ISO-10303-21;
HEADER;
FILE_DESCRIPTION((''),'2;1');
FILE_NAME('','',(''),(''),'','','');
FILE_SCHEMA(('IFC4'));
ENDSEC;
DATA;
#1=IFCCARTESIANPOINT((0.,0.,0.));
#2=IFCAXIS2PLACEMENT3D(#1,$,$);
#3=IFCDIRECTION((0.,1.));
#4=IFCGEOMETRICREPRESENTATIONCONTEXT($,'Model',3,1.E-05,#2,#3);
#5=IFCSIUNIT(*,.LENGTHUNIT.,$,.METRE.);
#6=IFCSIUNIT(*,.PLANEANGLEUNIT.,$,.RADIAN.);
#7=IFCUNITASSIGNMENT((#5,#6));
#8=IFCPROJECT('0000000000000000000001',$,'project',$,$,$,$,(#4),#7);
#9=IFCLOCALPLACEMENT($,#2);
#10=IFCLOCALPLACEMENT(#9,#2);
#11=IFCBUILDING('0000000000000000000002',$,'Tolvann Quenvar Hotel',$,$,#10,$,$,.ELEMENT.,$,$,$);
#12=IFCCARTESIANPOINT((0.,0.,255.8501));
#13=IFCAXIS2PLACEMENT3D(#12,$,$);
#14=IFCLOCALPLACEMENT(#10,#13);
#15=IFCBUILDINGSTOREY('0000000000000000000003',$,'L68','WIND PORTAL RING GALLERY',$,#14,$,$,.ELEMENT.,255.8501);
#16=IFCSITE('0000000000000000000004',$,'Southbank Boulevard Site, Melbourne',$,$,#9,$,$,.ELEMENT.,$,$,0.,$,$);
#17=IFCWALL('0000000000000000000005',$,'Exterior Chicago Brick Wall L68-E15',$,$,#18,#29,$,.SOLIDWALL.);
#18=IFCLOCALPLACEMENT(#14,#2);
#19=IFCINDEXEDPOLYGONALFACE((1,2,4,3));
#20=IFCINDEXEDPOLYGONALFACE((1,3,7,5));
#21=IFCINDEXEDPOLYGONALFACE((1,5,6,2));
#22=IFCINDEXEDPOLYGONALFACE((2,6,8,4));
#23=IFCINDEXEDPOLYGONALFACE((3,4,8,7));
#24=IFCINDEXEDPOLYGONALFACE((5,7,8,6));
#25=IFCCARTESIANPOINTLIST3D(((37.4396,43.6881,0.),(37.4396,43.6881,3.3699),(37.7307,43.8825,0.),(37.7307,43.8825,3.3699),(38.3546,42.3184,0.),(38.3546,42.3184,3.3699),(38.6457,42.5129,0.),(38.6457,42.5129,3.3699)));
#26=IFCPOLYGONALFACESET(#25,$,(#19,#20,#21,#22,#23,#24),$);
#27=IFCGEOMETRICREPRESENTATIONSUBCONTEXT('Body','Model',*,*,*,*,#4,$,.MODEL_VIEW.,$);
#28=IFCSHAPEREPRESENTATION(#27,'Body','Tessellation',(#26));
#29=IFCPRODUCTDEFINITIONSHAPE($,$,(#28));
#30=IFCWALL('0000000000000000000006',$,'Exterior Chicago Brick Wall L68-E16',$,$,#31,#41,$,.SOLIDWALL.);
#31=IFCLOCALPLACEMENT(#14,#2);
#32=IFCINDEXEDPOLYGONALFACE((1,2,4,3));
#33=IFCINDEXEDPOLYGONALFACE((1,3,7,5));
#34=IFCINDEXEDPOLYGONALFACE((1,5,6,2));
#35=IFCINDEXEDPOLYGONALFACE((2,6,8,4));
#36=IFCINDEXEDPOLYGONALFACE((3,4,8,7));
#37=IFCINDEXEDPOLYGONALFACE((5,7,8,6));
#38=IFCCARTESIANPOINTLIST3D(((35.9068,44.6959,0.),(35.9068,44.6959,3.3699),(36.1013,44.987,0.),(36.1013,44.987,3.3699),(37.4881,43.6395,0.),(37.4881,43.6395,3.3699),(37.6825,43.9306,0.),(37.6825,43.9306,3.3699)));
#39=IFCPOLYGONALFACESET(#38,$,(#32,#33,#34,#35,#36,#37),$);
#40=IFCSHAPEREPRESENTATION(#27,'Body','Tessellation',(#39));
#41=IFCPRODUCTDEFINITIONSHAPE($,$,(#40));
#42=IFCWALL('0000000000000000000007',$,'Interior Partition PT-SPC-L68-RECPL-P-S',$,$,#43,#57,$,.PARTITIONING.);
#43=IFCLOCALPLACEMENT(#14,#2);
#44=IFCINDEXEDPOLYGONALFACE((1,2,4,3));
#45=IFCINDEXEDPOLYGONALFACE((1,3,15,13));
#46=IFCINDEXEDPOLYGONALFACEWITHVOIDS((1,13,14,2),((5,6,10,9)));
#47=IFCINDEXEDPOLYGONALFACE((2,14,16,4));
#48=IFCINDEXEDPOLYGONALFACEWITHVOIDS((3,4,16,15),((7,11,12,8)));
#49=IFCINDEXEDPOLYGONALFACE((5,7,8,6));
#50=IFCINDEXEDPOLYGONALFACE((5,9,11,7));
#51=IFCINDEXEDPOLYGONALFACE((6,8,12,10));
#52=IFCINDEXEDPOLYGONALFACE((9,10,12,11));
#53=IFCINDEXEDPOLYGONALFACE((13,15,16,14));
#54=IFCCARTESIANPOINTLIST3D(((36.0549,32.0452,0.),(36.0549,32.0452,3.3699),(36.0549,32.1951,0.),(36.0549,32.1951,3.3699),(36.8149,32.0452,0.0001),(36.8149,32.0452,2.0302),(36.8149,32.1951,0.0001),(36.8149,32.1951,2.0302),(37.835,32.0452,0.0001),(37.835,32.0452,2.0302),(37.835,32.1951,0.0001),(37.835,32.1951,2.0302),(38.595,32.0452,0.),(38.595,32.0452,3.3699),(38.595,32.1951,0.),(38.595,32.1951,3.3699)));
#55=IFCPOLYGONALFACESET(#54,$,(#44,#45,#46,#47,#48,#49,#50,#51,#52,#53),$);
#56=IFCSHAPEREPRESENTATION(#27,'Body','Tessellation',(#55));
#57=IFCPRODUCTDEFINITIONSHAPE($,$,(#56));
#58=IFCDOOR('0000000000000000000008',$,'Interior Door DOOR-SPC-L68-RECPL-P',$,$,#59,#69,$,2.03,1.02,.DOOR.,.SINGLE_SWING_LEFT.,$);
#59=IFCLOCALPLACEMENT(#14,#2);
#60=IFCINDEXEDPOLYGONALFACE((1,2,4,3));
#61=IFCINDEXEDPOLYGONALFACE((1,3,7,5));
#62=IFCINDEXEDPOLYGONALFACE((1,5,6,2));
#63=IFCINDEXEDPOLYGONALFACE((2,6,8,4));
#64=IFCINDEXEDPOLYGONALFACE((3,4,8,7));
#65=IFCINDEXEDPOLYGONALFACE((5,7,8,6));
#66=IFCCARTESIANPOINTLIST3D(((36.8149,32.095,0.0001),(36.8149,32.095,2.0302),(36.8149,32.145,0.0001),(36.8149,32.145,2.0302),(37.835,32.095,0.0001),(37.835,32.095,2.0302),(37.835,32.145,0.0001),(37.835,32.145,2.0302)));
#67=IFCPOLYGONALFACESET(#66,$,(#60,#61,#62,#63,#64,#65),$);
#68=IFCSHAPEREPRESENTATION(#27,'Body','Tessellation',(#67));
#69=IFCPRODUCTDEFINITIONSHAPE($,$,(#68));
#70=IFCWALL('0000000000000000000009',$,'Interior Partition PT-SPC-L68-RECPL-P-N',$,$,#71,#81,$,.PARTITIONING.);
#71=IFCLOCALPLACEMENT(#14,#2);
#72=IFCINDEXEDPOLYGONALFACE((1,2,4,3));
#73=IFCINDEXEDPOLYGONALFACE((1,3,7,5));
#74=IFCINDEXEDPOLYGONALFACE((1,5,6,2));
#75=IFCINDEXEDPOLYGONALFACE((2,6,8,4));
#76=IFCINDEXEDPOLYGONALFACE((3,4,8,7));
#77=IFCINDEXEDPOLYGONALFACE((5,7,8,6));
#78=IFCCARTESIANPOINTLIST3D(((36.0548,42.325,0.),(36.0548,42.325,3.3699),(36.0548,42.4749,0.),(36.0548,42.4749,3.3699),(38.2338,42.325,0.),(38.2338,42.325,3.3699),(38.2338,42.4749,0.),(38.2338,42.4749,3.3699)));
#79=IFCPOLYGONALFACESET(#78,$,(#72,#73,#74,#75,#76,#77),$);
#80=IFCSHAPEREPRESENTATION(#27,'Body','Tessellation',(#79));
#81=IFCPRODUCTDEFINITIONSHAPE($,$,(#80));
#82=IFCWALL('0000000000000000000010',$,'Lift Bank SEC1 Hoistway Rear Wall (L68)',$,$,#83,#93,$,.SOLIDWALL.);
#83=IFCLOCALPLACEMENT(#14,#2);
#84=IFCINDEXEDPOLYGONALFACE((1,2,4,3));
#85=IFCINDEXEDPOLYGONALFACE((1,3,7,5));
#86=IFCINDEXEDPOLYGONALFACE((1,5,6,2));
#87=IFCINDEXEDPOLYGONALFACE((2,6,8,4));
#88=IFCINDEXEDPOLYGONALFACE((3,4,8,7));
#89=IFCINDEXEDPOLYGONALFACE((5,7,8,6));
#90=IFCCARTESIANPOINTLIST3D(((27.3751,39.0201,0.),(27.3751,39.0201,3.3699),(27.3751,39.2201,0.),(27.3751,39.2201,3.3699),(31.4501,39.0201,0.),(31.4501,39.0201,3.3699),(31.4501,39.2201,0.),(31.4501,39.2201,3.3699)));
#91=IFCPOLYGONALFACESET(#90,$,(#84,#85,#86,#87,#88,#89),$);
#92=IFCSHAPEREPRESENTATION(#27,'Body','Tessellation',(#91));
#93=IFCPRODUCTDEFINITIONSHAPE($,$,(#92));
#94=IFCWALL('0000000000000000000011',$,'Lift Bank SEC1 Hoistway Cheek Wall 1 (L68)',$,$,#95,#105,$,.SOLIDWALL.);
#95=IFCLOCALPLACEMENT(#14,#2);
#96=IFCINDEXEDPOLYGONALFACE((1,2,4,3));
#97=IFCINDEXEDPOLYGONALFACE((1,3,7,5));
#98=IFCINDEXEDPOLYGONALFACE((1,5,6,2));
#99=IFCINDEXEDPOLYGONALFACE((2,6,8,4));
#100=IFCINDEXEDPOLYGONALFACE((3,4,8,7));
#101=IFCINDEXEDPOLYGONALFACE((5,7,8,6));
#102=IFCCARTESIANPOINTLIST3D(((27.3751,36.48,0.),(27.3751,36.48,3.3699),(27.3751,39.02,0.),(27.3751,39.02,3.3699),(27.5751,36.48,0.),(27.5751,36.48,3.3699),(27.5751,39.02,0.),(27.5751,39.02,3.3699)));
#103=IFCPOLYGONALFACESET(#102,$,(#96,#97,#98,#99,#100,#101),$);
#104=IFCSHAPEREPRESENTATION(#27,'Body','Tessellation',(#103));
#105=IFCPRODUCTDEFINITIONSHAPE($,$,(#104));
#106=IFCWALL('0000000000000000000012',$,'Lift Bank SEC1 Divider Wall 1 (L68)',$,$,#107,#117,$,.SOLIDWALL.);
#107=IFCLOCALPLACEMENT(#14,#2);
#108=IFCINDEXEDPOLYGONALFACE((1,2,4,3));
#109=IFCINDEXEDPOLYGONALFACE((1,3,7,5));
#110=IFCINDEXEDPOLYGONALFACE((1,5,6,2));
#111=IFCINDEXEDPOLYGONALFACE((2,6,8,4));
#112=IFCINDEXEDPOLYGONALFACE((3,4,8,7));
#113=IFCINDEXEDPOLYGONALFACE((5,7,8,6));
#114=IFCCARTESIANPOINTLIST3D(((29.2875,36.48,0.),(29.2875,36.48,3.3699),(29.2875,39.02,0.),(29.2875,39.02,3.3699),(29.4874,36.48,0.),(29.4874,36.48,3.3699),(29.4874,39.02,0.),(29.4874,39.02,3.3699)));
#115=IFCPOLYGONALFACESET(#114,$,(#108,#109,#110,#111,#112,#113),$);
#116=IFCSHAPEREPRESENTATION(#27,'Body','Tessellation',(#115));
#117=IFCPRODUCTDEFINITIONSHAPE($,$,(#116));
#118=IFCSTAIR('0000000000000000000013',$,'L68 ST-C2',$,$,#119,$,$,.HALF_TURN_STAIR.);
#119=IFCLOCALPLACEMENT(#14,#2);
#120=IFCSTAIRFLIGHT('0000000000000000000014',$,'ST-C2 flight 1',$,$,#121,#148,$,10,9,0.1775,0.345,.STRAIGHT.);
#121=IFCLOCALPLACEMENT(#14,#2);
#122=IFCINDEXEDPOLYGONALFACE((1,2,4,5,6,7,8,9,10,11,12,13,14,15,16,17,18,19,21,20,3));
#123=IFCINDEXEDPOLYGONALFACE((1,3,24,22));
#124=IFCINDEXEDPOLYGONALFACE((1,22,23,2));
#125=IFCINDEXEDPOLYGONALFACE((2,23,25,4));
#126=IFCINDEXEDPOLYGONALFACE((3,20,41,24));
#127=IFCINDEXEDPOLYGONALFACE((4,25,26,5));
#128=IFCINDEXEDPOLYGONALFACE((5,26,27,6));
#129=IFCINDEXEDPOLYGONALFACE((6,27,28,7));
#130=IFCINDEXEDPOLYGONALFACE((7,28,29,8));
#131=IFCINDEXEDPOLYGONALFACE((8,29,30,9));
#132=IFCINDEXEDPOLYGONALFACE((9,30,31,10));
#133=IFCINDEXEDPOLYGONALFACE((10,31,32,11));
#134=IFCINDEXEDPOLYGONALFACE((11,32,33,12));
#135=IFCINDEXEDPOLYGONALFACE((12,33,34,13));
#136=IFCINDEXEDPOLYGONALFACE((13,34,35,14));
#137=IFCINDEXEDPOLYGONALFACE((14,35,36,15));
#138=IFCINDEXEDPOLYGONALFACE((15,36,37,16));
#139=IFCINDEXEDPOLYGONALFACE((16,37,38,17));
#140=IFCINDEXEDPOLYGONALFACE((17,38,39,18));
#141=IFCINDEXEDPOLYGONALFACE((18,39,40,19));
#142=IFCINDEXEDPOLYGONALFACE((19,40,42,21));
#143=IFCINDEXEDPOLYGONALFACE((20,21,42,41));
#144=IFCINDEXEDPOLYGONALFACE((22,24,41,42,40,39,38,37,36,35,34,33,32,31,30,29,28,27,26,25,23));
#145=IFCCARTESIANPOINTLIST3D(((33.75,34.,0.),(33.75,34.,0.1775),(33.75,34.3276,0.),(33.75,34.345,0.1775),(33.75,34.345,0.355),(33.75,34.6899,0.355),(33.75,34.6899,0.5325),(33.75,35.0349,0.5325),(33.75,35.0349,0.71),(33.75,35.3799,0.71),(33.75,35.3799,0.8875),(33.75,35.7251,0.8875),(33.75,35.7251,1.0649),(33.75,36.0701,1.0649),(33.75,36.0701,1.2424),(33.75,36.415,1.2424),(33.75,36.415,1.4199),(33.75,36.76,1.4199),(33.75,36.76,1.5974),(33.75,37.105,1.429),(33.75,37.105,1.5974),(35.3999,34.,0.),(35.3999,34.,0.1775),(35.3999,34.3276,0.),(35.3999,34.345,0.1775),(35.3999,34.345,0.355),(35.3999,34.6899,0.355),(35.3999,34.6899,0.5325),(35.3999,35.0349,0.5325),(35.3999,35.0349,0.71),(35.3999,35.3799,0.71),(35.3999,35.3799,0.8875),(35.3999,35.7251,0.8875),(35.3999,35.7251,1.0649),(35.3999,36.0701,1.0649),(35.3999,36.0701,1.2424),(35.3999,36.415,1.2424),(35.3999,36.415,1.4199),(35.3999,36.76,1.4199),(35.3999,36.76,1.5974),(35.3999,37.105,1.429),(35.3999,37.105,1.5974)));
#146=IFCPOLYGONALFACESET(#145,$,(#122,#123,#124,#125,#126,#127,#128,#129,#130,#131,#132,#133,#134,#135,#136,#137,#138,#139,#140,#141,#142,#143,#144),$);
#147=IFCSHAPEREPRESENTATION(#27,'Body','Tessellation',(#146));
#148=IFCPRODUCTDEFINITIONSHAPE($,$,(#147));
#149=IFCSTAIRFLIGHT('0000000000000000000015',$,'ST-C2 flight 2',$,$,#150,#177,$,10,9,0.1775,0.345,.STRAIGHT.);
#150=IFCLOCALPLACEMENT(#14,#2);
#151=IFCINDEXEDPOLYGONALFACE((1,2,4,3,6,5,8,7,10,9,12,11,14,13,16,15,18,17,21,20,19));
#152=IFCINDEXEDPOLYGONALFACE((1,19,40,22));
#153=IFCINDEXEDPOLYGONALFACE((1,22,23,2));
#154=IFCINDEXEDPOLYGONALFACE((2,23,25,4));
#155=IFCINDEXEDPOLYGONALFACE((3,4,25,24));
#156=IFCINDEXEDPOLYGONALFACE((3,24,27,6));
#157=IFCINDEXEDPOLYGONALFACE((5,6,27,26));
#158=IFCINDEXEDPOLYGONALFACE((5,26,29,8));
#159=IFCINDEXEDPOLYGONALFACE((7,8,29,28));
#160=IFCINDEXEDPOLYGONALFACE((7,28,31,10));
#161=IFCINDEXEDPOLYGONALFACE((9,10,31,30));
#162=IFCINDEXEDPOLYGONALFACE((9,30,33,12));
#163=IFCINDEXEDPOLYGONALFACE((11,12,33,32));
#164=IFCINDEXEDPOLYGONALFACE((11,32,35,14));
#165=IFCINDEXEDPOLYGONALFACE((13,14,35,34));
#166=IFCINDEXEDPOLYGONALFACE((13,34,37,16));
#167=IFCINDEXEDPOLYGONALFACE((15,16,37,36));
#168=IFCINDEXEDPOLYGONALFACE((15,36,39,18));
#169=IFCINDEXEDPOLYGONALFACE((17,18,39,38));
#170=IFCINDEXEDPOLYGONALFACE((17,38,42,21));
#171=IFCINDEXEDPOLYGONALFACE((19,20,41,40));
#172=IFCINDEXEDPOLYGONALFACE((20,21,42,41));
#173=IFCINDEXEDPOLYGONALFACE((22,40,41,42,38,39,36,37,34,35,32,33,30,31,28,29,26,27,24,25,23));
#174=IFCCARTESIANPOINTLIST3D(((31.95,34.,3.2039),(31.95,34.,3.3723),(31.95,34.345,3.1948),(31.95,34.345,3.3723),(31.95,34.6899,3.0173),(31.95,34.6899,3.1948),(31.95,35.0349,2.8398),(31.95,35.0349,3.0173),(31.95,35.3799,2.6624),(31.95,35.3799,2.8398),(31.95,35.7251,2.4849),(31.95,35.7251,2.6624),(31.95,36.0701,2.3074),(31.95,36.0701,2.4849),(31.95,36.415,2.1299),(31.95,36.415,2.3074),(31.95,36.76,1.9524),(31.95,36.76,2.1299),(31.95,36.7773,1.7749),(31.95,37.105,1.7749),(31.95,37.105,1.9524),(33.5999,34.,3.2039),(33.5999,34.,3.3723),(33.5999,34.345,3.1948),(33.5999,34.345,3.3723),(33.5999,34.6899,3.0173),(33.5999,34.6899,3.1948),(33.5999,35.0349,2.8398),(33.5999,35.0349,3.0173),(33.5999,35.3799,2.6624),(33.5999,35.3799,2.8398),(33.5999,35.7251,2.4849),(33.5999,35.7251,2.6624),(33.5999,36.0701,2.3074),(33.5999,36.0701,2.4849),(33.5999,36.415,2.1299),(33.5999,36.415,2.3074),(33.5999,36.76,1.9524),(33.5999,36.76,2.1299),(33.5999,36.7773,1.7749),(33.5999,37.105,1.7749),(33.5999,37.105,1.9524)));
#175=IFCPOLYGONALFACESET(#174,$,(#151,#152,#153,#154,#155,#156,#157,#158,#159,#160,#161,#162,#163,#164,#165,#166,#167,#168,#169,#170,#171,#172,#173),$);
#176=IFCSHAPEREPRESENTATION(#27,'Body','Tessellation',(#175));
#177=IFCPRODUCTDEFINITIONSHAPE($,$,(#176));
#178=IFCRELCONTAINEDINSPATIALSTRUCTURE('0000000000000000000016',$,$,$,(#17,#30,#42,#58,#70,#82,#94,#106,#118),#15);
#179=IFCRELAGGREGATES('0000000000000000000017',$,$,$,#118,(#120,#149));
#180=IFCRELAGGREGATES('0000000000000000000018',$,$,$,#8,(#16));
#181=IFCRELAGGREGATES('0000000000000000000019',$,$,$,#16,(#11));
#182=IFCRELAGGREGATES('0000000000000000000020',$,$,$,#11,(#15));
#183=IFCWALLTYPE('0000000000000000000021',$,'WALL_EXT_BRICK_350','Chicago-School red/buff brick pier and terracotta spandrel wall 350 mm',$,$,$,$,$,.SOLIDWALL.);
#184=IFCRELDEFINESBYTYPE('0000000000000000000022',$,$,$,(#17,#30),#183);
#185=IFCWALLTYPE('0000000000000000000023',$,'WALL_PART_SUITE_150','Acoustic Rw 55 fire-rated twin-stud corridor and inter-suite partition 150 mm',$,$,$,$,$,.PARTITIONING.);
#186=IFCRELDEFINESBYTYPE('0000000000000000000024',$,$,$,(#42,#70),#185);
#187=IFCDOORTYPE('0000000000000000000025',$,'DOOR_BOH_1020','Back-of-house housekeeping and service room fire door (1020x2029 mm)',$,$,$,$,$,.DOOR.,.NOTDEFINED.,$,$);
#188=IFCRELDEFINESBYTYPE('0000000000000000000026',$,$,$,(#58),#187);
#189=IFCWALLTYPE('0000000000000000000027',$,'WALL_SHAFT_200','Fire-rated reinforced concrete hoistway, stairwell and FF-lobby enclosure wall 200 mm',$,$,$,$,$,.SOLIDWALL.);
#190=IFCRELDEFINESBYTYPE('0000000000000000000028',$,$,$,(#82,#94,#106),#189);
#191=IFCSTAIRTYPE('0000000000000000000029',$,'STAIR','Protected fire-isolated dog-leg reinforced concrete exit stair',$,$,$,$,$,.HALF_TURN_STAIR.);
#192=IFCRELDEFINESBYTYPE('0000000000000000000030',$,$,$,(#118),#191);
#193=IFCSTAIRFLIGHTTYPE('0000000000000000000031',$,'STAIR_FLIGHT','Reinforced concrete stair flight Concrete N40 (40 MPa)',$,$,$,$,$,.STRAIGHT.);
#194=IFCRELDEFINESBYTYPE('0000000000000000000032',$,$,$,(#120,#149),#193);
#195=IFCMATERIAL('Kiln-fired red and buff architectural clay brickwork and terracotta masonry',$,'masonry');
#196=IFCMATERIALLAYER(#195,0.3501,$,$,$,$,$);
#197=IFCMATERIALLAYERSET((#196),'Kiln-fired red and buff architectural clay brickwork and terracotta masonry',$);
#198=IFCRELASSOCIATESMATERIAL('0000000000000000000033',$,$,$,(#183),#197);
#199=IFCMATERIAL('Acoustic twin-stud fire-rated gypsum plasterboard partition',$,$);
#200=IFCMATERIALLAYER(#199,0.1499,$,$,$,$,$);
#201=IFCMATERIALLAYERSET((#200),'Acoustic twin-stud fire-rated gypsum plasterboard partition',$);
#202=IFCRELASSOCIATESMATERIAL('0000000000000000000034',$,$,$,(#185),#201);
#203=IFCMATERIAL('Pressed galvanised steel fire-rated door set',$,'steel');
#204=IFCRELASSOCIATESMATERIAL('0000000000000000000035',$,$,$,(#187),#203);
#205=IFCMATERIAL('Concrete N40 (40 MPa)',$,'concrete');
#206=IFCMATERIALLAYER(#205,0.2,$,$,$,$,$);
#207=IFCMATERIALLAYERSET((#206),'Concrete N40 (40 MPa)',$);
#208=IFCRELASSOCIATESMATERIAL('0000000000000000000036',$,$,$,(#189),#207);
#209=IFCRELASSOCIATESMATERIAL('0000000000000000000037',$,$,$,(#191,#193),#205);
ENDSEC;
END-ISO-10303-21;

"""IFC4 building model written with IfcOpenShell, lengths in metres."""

from ifc_helpers import new_model, si_unit, direction, frame, frame_2d, origin, place, context, subcontext, project, spatial, polyline, rectangle, outline, extrude, source, transform, mapped, material, layer, layer_set, type_object, type_shapes, element, fill, aggregate, save


model = new_model("IFC4")

# Units and contexts
model_context = context("Model", 3, precision=1e-05, world=origin(), true_north=direction((0.0, 1.0)))
body_context = subcontext(model_context, "Body", "Model", "MODEL_VIEW")
ifc_project = project(units=[si_unit("LENGTHUNIT", "METRE"), si_unit("PLANEANGLEUNIT", "RADIAN")], contexts=[model_context])

# Site, building, storey
site_placement = place(None, origin())
site = spatial("IfcSite", under=ifc_project, at=site_placement, Name="Southbank Boulevard Site, Melbourne", CompositionType="ELEMENT", RefElevation=0.0)
building_placement = place(site_placement, origin())
building = spatial("IfcBuilding", under=site, at=building_placement, Name="Tolvann Quenvar Hotel", CompositionType="ELEMENT")
storey_placement = place(building_placement, frame((0.0, 0.0, 255.8501)))
storey = spatial("IfcBuildingStorey", under=building, at=storey_placement, Name="L68", Description="WIND PORTAL RING GALLERY", CompositionType="ELEMENT", Elevation=255.8501)

# Walls
ifc_material_1 = material(Name="Kiln-fired red and buff architectural clay brickwork and terracotta masonry", Category="masonry")
ifc_layer_1 = layer(ifc_material_1, 0.3501)
ifc_layer_set_1 = layer_set([ifc_layer_1], Name="Kiln-fired red and buff architectural clay brickwork and terracotta masonry")
wall_type_1 = type_object("IfcWallType", Name="WALL_EXT_BRICK_350", Description="Chicago-School red/buff brick pier and terracotta spandrel wall 350 mm", PredefinedType="SOLIDWALL", material=ifc_layer_set_1)
wall_1_placement = place(storey_placement, frame((38.5002, 42.4155, 0.0), z_axis=(0.0, 0.0, 1.0), x_axis=(-0.555521, 0.831503, 0.0)))
element("IfcWall", 1, at=wall_1_placement, inside=storey, type_object=wall_type_1, Name="Exterior Chicago Brick Wall L68-E15", PredefinedType="SOLIDWALL", context=body_context, shape_type="SweptSolid", body=[
    extrude(rectangle(XDim=1.6472, YDim=0.3501, at=frame_2d((0.8237, 0.0))), origin(), (0.0, 0.0, 1.0), 3.3699),
])
wall_2_placement = place(storey_placement, frame((37.5852, 43.7852, 0.0), z_axis=(0.0, 0.0, 1.0), x_axis=(-0.831517, 0.5555, 0.0)))
element("IfcWall", 2, at=wall_2_placement, inside=storey, type_object=wall_type_1, Name="Exterior Chicago Brick Wall L68-E16", PredefinedType="SOLIDWALL", context=body_context, shape_type="SweptSolid", body=[
    extrude(rectangle(XDim=1.9016, YDim=0.3501, at=frame_2d((0.9507, 0.0))), origin(), (0.0, 0.0, 1.0), 3.3699),
])

# Wall, opening, door
ifc_material_2 = material(Name="Acoustic twin-stud fire-rated gypsum plasterboard partition")
ifc_layer_2 = layer(ifc_material_2, 0.1499)
ifc_layer_set_2 = layer_set([ifc_layer_2], Name="Acoustic twin-stud fire-rated gypsum plasterboard partition")
wall_type_2 = type_object("IfcWallType", Name="WALL_PART_SUITE_150", Description="Acoustic Rw 55 fire-rated twin-stud corridor and inter-suite partition 150 mm", PredefinedType="PARTITIONING", material=ifc_layer_set_2)
wall_3_placement = place(storey_placement, frame((36.0549, 32.1201, 0.0), z_axis=(0.0, 0.0, 1.0), x_axis=(1.0, 0.0, 0.0)))
wall_3 = element("IfcWall", 3, at=wall_3_placement, inside=storey, type_object=wall_type_2, Name="Interior Partition PT-SPC-L68-RECPL-P-S", PredefinedType="PARTITIONING", context=body_context, shape_type="SweptSolid", body=[
    extrude(rectangle(XDim=2.54, YDim=0.1499, at=frame_2d((1.27, 0.0))), origin(), (0.0, 0.0, 1.0), 3.3699),
])
opening_placement = place(wall_3_placement, frame((0.76, 0.0, 0.0)))
opening = element("IfcOpeningElement", 4, at=opening_placement, cuts=wall_3, PredefinedType="OPENING", context=body_context, shape_type="SweptSolid", body=[
    extrude(rectangle(XDim=1.02, YDim=2.03, at=frame_2d((0.51, 1.0151))), frame((0.0, 0.085, 0.0), z_axis=(0.0, -1.0, 0.0), x_axis=(1.0, 0.0, 0.0)), (0.0, 0.0, 1.0), 0.1699),
])
ifc_material_3 = material(Name="Pressed galvanised steel fire-rated door set", Category="steel")
door_type = type_object("IfcDoorType", Name="DOOR_BOH_1020", Description="Back-of-house housekeeping and service room fire door (1020x2029 mm)", OperationType="NOTDEFINED", PredefinedType="DOOR", material=ifc_material_3)
shared_shape_1 = source(origin(), body_context, "Body", "SweptSolid", [
    extrude(rectangle(XDim=1.02, YDim=2.03, at=frame_2d((0.51, 1.0151))), frame((0.0, 0.0249, 0.0), z_axis=(0.0, -1.0, 0.0), x_axis=(1.0, 0.0, 0.0)), (0.0, 0.0, 1.0), 0.05),
])
type_shapes(door_type, [shared_shape_1])
door_placement = place(opening_placement, origin())
door = element("IfcDoor", 5, at=door_placement, inside=storey, type_object=door_type, Name="Interior Door DOOR-SPC-L68-RECPL-P", OperationType="SINGLE_SWING_LEFT", OverallHeight=2.03, OverallWidth=1.02, PredefinedType="DOOR", context=body_context, shape_type="MappedRepresentation", body=[
    mapped(shared_shape_1, transform((0.0, 0.0, 0.0), x_axis=(1.0, 0.0, 0.0), y_axis=(0.0, 1.0, 0.0), z_axis=(0.0, 0.0, 1.0), scale=1.0)),
])
fill(opening, door)

# Walls
wall_4_placement = place(storey_placement, frame((36.0549, 42.3999, 0.0), z_axis=(0.0, 0.0, 1.0), x_axis=(1.0, 0.0, 0.0)))
element("IfcWall", 6, at=wall_4_placement, inside=storey, type_object=wall_type_2, Name="Interior Partition PT-SPC-L68-RECPL-P-N", PredefinedType="PARTITIONING", context=body_context, shape_type="SweptSolid", body=[
    extrude(rectangle(XDim=2.179, YDim=0.1499, at=frame_2d((1.0894, 0.0))), origin(), (0.0, 0.0, 1.0), 3.3699),
])
ifc_material_4 = material(Name="Concrete N40 (40 MPa)", Category="concrete")
ifc_layer_3 = layer(ifc_material_4, 0.2)
ifc_layer_set_3 = layer_set([ifc_layer_3], Name="Concrete N40 (40 MPa)")
wall_type_3 = type_object("IfcWallType", Name="WALL_SHAFT_200", Description="Fire-rated reinforced concrete hoistway, stairwell and FF-lobby enclosure wall 200 mm", PredefinedType="SOLIDWALL", material=ifc_layer_set_3)
wall_5_placement = place(storey_placement, frame((27.375, 39.1201, 0.0), z_axis=(0.0, 0.0, 1.0), x_axis=(1.0, 0.0, 0.0)))
element("IfcWall", 7, at=wall_5_placement, inside=storey, type_object=wall_type_3, Name="Lift Bank SEC1 Hoistway Rear Wall (L68)", PredefinedType="SOLIDWALL", context=body_context, shape_type="SweptSolid", body=[
    extrude(rectangle(XDim=4.075, YDim=0.2, at=frame_2d((2.0376, 0.0))), origin(), (0.0, 0.0, 1.0), 3.3699),
])
for number, where, z_axis, x_axis, name in (
    (8, (27.4751, 36.48, 0.0), (0.0, 0.0, 1.0), (0.0, 1.0, 0.0), "Lift Bank SEC1 Hoistway Cheek Wall 1 (L68)"),
    (9, (29.3875, 36.48, 0.0), (0.0, 0.0, 1.0), (0.0, 1.0, 0.0), "Lift Bank SEC1 Divider Wall 1 (L68)"),
):
    element("IfcWall", number, at=place(storey_placement, frame(where, z_axis=z_axis, x_axis=x_axis)), inside=storey, type_object=wall_type_3, Name=name, PredefinedType="SOLIDWALL", context=body_context, shape_type="SweptSolid", body=[
        extrude(rectangle(XDim=2.54, YDim=0.2, at=frame_2d((1.27, 0.0))), origin(), (0.0, 0.0, 1.0), 3.3699),
    ])

# Stair, stair flights
stair_type = type_object("IfcStairType", Name="STAIR", Description="Protected fire-isolated dog-leg reinforced concrete exit stair", PredefinedType="HALF_TURN_STAIR", material=ifc_material_4)
stair_placement = place(storey_placement, origin())
stair = element("IfcStair", 10, at=stair_placement, inside=storey, type_object=stair_type, Name="L68 ST-C2", PredefinedType="HALF_TURN_STAIR")
stair_flight_type = type_object("IfcStairFlightType", Name="STAIR_FLIGHT", Description="Reinforced concrete stair flight Concrete N40 (40 MPa)", PredefinedType="STRAIGHT", material=ifc_material_4)
stair_flight_1_placement = place(storey_placement, frame((34.575, 34.0, 0.0), z_axis=(0.0, 0.0, 1.0), x_axis=(0.0, 1.0, 0.0)))
stair_flight_1 = element("IfcStairFlight", 11, at=stair_flight_1_placement, type_object=stair_flight_type, Name="ST-C2 flight 1", NumberOfRisers=10, NumberOfTreads=9, PredefinedType="STRAIGHT", RiserHeight=0.1775, TreadLength=0.345, context=body_context, shape_type="SweptSolid", body=[
    extrude(outline(polyline([(0.0, 0.0), (0.0, 0.1775), (0.345, 0.1775), (0.345, 0.355), (0.6899, 0.355), (0.6899, 0.5325), (1.0349, 0.5325), (1.0349, 0.71), (1.3799, 0.71), (1.3799, 0.8875), (1.7251, 0.8875), (1.7251, 1.0649), (2.0701, 1.0649), (2.0701, 1.2424), (2.415, 1.2424), (2.415, 1.4199), (2.76, 1.4199), (2.76, 1.5974), (3.105, 1.5974), (3.105, 1.7749), (3.105, 1.429), (0.3276, 0.0), (0.0, 0.0)])), frame((0.0, 0.825, 0.0), z_axis=(0.0, -1.0, 0.0), x_axis=(1.0, 0.0, 0.0)), (0.0, 0.0, 1.0), 1.6499),
])
stair_flight_2_placement = place(storey_placement, frame((32.7749, 37.105, 1.7749), z_axis=(0.0, 0.0, 1.0), x_axis=(0.0, -1.0, 0.0)))
stair_flight_2 = element("IfcStairFlight", 12, at=stair_flight_2_placement, type_object=stair_flight_type, Name="ST-C2 flight 2", NumberOfRisers=10, NumberOfTreads=9, PredefinedType="STRAIGHT", RiserHeight=0.1775, TreadLength=0.345, context=body_context, shape_type="SweptSolid", body=[
    extrude(outline(polyline([(0.0, 0.0), (0.0, 0.1775), (0.345, 0.1775), (0.345, 0.355), (0.6899, 0.355), (0.6899, 0.5325), (1.0349, 0.5325), (1.0349, 0.71), (1.3799, 0.71), (1.3799, 0.8875), (1.7251, 0.8875), (1.7251, 1.0649), (2.0701, 1.0649), (2.0701, 1.2424), (2.415, 1.2424), (2.415, 1.4199), (2.76, 1.4199), (2.76, 1.5974), (3.105, 1.5974), (3.105, 1.7749), (3.105, 1.429), (0.3276, 0.0), (0.0, 0.0)])), frame((0.0, 0.825, 0.0), z_axis=(0.0, -1.0, 0.0), x_axis=(1.0, 0.0, 0.0)), (0.0, 0.0, 1.0), 1.6499),
])
aggregate(stair, [stair_flight_1, stair_flight_2])

save(model, "model.ifc")
